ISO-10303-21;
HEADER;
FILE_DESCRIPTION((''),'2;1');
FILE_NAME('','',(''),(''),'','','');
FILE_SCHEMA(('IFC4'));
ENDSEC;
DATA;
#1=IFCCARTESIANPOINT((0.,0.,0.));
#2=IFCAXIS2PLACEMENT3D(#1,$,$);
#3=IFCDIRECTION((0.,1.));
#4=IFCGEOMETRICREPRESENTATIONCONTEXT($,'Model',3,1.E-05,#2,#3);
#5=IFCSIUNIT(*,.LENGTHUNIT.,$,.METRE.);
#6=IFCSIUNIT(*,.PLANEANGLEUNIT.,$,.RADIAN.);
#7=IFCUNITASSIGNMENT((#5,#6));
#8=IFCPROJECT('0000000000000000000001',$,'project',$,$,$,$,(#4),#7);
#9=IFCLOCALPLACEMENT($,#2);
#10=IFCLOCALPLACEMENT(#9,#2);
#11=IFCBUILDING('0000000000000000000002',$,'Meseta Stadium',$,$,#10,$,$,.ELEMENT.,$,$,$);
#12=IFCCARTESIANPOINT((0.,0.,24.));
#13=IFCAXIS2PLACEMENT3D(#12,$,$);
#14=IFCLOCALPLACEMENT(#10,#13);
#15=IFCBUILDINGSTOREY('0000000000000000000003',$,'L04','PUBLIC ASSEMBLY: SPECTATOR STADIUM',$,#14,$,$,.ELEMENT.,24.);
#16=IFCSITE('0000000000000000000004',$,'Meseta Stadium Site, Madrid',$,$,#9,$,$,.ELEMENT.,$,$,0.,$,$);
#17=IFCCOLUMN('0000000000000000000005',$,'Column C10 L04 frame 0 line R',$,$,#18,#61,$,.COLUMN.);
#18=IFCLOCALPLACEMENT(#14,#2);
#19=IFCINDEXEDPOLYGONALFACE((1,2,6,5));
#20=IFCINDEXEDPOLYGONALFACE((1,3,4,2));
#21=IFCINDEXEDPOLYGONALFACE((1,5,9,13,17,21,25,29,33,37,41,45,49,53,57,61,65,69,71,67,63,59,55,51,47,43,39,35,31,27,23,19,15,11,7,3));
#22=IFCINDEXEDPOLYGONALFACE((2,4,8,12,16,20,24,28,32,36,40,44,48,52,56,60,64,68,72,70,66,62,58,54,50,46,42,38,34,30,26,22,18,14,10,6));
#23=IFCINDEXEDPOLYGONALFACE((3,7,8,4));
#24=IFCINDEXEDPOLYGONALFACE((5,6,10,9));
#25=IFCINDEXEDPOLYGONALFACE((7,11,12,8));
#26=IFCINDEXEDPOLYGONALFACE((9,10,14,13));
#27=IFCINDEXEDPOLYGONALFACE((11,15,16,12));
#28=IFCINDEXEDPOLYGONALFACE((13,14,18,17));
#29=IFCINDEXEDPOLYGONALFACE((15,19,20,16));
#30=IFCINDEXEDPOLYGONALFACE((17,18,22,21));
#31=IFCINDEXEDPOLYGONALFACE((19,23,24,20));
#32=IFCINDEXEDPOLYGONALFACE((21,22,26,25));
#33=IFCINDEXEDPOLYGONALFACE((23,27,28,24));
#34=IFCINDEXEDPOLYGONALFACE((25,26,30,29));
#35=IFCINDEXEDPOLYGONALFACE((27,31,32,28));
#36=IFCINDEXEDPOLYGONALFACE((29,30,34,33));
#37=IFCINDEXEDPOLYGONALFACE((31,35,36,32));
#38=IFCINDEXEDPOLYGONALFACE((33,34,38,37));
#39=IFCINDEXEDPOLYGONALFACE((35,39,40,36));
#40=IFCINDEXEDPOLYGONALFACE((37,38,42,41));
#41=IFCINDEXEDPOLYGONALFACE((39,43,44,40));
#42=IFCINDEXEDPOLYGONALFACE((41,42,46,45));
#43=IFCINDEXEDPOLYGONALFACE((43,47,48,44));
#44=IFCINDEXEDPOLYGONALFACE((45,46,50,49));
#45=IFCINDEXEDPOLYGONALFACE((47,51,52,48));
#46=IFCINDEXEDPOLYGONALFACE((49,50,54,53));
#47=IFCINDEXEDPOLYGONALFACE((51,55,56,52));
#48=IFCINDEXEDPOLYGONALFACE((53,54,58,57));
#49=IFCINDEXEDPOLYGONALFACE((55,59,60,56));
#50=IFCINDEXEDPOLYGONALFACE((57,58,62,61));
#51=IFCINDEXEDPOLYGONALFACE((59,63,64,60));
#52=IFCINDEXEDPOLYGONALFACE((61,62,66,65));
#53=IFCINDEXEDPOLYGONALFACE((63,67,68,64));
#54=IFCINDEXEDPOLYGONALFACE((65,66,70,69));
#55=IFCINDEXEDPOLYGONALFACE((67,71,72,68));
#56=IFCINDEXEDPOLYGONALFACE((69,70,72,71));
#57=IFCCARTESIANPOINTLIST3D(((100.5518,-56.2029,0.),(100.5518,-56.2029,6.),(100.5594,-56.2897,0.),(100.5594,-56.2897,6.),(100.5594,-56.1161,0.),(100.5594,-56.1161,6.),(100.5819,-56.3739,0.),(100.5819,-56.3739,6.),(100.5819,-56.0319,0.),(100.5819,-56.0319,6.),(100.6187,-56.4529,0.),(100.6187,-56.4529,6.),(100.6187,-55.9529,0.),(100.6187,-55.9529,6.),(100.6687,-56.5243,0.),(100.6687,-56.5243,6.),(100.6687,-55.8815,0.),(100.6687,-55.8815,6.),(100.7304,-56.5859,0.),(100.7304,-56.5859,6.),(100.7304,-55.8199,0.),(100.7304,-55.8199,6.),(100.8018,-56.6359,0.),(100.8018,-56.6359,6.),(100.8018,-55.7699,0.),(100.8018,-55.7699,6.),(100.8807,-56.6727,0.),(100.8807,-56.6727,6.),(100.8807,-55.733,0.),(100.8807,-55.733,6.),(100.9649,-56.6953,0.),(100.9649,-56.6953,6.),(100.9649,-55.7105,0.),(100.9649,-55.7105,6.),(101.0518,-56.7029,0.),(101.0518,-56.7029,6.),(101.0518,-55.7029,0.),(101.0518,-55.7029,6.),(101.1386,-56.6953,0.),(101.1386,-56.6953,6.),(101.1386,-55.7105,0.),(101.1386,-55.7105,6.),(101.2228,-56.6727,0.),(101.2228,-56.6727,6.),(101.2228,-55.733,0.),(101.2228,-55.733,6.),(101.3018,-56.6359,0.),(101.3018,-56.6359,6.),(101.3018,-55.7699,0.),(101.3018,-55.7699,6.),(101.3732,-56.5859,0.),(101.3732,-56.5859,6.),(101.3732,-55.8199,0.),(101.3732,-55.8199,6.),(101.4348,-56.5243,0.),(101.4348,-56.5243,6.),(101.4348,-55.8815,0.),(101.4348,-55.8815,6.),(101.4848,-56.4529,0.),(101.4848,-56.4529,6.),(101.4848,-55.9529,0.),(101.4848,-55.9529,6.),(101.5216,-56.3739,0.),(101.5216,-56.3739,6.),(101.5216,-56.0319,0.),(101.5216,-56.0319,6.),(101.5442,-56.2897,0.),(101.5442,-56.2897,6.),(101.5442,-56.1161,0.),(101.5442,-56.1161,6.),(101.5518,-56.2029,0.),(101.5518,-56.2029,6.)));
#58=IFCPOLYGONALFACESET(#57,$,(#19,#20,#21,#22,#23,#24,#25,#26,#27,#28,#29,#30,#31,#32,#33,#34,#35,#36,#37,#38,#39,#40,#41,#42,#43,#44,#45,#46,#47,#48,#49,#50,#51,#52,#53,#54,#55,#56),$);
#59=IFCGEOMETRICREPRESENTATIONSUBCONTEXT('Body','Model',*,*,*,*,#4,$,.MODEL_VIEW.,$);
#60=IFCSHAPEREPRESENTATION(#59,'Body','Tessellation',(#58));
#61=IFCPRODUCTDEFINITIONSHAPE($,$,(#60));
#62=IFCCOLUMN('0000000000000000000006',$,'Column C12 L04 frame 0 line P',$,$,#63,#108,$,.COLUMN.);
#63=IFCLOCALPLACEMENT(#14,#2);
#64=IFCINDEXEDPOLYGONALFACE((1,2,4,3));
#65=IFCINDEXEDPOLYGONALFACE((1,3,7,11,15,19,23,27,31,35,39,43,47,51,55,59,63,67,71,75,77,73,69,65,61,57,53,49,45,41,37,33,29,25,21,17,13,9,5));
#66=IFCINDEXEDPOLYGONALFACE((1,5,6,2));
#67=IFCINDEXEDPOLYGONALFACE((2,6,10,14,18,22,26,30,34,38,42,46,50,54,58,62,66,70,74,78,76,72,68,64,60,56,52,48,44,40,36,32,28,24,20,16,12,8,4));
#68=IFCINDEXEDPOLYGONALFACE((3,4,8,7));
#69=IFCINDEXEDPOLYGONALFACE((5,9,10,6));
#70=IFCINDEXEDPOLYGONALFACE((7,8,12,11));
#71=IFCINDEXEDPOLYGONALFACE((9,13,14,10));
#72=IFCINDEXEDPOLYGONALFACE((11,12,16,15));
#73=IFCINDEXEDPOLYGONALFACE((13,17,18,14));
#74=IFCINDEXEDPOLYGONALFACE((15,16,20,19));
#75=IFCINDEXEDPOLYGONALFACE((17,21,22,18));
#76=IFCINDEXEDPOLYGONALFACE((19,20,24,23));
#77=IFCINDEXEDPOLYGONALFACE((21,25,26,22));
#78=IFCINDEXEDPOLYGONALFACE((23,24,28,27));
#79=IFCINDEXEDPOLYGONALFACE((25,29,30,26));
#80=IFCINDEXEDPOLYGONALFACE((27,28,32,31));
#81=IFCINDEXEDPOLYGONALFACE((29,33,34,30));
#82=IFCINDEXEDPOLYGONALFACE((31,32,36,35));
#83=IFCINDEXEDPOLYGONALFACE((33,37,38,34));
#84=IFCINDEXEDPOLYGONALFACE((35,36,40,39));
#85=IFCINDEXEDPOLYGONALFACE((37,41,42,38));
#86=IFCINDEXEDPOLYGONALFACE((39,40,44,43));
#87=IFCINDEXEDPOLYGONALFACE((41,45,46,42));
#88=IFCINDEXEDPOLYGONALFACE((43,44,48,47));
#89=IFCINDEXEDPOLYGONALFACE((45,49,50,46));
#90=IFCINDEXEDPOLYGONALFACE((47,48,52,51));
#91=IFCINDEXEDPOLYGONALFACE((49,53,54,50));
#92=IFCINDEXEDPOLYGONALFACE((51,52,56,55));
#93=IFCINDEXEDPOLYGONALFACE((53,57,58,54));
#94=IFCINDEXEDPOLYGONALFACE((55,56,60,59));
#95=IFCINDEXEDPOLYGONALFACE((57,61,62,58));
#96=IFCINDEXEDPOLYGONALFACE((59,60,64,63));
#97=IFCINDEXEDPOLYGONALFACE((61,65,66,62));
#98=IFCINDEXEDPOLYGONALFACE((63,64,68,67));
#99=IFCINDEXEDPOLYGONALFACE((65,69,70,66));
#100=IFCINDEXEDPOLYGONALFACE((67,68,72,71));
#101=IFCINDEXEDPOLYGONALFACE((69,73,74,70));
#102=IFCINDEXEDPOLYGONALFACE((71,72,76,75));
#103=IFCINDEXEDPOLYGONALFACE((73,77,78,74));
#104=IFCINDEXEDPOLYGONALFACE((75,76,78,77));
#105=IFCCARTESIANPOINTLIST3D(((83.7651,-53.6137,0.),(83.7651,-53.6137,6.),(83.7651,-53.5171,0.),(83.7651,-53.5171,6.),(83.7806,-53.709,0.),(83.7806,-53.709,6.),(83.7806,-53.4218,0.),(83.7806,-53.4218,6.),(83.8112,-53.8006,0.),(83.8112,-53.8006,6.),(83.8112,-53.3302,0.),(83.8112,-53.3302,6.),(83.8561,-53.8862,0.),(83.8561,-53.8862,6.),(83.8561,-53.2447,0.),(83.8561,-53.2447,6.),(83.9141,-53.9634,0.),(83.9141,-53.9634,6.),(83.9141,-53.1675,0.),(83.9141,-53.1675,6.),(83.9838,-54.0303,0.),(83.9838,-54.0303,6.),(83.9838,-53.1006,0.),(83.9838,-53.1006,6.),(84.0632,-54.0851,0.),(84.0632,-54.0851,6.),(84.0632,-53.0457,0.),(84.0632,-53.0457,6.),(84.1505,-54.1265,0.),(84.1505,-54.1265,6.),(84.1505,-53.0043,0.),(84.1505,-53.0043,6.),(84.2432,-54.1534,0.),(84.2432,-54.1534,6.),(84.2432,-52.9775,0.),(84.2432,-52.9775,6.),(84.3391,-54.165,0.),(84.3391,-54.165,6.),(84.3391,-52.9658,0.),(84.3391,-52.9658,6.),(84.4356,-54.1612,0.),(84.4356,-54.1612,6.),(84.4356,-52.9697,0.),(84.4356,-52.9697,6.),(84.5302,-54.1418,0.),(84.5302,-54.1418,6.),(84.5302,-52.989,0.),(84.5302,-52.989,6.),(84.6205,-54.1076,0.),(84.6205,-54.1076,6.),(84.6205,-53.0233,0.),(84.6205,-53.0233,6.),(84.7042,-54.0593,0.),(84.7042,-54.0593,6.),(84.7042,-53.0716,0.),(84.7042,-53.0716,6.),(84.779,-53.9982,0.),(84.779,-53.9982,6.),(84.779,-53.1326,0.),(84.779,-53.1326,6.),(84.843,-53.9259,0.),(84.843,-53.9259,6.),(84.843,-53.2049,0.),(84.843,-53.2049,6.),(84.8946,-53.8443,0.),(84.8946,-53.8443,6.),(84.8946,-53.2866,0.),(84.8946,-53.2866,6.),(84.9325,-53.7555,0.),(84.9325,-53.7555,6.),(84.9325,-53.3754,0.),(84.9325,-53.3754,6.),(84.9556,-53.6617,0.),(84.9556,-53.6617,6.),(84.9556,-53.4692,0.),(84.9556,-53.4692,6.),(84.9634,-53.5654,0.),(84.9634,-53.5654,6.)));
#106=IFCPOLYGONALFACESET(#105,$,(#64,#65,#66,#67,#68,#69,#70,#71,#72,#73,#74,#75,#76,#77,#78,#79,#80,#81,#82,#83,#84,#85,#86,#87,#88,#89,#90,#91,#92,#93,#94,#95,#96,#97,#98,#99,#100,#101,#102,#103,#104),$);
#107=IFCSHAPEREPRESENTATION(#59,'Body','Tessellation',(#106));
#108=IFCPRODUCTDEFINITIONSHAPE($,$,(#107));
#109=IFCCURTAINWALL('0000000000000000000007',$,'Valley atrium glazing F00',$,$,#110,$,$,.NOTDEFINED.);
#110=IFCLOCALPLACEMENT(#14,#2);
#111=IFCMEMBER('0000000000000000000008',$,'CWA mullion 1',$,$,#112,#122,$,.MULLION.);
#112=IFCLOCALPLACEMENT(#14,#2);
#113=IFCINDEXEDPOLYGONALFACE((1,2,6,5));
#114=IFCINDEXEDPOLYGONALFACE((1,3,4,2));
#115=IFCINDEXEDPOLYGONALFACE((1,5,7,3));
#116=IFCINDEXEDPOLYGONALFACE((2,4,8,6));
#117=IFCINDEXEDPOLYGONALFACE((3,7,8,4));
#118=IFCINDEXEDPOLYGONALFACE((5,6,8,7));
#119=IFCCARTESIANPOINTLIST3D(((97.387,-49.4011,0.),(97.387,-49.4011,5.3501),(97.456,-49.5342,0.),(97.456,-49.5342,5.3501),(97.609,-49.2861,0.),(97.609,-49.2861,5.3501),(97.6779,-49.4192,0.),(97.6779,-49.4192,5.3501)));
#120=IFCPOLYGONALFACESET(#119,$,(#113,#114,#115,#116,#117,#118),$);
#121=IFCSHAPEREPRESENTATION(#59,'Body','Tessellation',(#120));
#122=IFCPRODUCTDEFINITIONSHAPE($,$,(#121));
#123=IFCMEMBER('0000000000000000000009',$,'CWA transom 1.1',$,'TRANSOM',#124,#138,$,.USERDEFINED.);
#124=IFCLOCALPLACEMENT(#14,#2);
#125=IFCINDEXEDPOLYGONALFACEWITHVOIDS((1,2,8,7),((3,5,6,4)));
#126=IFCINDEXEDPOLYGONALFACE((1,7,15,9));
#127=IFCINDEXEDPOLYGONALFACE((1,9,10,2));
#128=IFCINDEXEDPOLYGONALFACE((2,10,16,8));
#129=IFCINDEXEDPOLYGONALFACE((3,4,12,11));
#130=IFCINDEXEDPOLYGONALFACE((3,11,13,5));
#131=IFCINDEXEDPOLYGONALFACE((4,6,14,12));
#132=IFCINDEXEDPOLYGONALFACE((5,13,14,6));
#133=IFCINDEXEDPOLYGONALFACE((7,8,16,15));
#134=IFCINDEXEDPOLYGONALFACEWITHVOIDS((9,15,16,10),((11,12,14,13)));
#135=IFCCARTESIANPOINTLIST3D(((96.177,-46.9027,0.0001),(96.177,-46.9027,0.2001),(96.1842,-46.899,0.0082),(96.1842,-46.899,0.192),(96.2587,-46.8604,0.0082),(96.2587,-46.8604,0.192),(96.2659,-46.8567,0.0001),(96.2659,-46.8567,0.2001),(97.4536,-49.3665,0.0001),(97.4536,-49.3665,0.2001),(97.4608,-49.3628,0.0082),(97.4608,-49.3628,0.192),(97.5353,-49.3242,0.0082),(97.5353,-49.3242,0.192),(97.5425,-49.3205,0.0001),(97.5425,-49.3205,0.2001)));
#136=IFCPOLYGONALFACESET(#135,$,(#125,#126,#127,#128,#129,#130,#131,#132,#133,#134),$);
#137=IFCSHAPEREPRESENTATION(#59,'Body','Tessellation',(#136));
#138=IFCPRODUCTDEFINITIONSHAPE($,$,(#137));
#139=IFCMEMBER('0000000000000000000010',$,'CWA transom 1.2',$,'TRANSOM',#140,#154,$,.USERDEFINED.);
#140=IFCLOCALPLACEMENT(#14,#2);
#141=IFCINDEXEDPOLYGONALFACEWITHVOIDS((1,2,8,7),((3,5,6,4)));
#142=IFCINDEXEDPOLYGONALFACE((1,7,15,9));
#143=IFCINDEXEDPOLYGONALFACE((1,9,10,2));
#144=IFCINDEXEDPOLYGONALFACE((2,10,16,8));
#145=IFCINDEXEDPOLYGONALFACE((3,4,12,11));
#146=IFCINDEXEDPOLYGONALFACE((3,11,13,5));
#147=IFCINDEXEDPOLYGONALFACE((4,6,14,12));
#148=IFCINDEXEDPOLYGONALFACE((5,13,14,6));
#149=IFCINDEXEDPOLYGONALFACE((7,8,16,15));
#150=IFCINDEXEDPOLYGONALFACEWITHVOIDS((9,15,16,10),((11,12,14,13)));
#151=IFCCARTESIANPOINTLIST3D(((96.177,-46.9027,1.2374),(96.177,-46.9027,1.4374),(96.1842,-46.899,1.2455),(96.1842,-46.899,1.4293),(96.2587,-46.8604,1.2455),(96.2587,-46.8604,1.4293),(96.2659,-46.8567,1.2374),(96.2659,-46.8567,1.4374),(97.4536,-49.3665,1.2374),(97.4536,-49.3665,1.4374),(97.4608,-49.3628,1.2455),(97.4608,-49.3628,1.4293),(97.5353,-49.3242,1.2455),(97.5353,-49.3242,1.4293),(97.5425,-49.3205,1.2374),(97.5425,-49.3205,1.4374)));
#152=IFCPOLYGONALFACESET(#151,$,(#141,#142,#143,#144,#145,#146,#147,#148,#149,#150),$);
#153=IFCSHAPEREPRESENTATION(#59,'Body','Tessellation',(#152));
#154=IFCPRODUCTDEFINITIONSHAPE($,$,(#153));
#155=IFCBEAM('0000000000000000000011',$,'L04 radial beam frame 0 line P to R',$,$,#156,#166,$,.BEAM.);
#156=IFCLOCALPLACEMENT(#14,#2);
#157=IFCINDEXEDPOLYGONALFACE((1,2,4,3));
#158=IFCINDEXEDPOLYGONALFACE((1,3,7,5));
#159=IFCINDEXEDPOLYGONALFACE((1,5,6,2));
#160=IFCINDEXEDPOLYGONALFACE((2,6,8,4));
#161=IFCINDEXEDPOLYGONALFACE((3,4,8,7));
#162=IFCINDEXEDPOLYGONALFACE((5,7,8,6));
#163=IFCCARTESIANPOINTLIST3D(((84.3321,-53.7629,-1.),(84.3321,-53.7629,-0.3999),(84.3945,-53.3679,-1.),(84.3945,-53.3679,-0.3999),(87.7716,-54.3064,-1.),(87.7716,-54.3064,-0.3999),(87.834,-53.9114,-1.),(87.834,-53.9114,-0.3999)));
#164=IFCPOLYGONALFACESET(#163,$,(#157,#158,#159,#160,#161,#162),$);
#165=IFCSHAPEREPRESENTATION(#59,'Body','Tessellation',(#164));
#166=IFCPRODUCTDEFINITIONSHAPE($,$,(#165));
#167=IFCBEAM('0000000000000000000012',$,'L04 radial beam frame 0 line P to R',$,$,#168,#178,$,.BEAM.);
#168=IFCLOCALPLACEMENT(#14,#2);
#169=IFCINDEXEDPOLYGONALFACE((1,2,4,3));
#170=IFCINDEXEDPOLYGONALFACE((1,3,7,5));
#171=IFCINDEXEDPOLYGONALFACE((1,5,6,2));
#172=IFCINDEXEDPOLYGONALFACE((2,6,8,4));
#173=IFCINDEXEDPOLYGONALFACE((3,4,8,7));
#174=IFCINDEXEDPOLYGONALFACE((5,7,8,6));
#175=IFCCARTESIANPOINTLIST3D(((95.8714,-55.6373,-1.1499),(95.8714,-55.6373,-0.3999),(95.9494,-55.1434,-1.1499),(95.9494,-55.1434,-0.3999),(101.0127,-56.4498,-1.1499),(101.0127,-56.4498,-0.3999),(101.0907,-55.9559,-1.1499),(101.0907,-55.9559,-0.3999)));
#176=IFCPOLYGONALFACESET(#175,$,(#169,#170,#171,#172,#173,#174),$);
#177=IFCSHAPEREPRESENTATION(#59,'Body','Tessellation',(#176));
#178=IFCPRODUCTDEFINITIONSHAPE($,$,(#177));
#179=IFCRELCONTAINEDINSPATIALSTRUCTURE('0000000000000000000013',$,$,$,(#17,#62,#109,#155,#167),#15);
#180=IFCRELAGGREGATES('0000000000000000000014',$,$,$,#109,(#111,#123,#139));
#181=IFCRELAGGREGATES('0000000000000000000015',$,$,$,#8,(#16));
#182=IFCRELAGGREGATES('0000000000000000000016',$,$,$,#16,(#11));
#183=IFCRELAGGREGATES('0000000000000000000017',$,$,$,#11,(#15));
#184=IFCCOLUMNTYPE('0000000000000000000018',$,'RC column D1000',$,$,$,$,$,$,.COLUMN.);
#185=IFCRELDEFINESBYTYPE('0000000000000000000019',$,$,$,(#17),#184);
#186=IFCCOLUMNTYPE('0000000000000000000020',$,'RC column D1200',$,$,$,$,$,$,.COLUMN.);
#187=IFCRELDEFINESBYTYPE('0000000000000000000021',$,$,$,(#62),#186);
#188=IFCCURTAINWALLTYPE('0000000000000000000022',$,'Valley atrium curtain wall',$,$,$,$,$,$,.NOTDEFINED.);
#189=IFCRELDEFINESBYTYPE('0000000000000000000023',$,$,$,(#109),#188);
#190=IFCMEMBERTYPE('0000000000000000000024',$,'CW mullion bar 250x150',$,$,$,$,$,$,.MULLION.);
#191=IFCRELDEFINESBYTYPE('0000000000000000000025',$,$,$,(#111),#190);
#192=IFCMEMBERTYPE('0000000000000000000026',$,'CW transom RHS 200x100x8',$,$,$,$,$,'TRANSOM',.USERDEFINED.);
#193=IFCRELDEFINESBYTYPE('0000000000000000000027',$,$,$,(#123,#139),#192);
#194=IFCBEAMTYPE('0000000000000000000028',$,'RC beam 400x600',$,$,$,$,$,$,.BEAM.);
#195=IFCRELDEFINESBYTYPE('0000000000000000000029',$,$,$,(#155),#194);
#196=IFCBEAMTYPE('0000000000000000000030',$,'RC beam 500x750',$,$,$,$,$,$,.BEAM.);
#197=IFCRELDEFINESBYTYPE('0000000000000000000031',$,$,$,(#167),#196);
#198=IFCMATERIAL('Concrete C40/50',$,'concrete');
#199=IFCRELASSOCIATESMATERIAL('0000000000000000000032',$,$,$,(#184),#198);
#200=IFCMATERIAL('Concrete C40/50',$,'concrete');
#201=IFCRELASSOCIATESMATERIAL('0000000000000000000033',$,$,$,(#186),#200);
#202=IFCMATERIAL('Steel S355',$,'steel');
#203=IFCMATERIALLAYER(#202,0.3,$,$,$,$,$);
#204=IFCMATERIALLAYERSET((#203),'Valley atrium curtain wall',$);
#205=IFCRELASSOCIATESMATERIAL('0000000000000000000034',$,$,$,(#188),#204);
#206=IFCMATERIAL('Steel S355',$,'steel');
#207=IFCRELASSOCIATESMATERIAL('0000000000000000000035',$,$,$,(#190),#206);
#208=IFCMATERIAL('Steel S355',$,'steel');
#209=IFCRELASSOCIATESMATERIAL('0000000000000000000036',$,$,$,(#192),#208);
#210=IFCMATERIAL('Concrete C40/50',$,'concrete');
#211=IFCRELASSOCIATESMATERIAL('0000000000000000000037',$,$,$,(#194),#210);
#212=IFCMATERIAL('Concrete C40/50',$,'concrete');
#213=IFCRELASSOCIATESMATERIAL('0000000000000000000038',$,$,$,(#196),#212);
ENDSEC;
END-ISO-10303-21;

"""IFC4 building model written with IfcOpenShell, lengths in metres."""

from ifc_helpers import new_model, si_unit, direction, frame, origin, origin_2d, place, context, subcontext, project, spatial, rectangle, hollow_rectangle, circle, extrude, material, layer, layer_set, material_profile, profile_set, type_object, element, aggregate, save


model = new_model("IFC4")

# Units and contexts
model_context = context("Model", 3, precision=1e-05, world=origin(), true_north=direction((0.0, 1.0)))
body_context = subcontext(model_context, "Body", "Model", "MODEL_VIEW")
ifc_project = project(units=[si_unit("LENGTHUNIT", "METRE"), si_unit("PLANEANGLEUNIT", "RADIAN")], contexts=[model_context])

# Site, building, storey
site_placement = place(None, origin())
site = spatial("IfcSite", under=ifc_project, at=site_placement, Name="Meseta Stadium Site, Madrid", CompositionType="ELEMENT", RefElevation=0.0)
building_placement = place(site_placement, origin())
building = spatial("IfcBuilding", under=site, at=building_placement, Name="Meseta Stadium", CompositionType="ELEMENT")
storey_placement = place(building_placement, frame((0.0, 0.0, 24.0)))
storey = spatial("IfcBuildingStorey", under=building, at=storey_placement, Name="L04", Description="PUBLIC ASSEMBLY: SPECTATOR STADIUM", CompositionType="ELEMENT", Elevation=24.0)

# Columns
ifc_material_1 = material(Name="Concrete C40/50", Category="concrete")
ifc_material_profile_1 = material_profile(ifc_material_1, circle(Radius=0.5, at=origin_2d()), Name="RC D1000")
ifc_profile_set_1 = profile_set([ifc_material_profile_1], Name="Concrete C40/50")
column_type_1 = type_object("IfcColumnType", Name="RC column D1000", PredefinedType="COLUMN", material=ifc_profile_set_1)
column_1_placement = place(storey_placement, frame((101.0518, -56.2029, 0.0), z_axis=(0.0, 0.0, 1.0), x_axis=(1.0, 0.0, 0.0)))
element("IfcColumn", 1, at=column_1_placement, inside=storey, type_object=column_type_1, Name="Column C10 L04 frame 0 line R", PredefinedType="COLUMN", context=body_context, shape_type="SweptSolid", body=[
    extrude(circle(Radius=0.5, at=origin_2d()), origin(), (0.0, 0.0, 1.0), 6.0),
])
ifc_material_2 = material(Name="Concrete C40/50", Category="concrete")
ifc_material_profile_2 = material_profile(ifc_material_2, circle(Radius=0.6001, at=origin_2d()), Name="RC D1200")
ifc_profile_set_2 = profile_set([ifc_material_profile_2], Name="Concrete C40/50")
column_type_2 = type_object("IfcColumnType", Name="RC column D1200", PredefinedType="COLUMN", material=ifc_profile_set_2)
column_2_placement = place(storey_placement, frame((84.3633, -53.5654, 0.0), z_axis=(0.0, 0.0, 1.0), x_axis=(1.0, 0.0, 0.0)))
element("IfcColumn", 2, at=column_2_placement, inside=storey, type_object=column_type_2, Name="Column C12 L04 frame 0 line P", PredefinedType="COLUMN", context=body_context, shape_type="SweptSolid", body=[
    extrude(circle(Radius=0.6001, at=origin_2d()), origin(), (0.0, 0.0, 1.0), 6.0),
])

# Curtain wall, members
ifc_material_3 = material(Name="Steel S355", Category="steel")
ifc_layer_1 = layer(ifc_material_3, 0.3)
ifc_layer_set_1 = layer_set([ifc_layer_1], Name="Valley atrium curtain wall")
curtain_wall_type = type_object("IfcCurtainWallType", Name="Valley atrium curtain wall", PredefinedType="NOTDEFINED", material=ifc_layer_set_1)
curtain_wall_placement = place(storey_placement, origin())
curtain_wall = element("IfcCurtainWall", 3, at=curtain_wall_placement, inside=storey, type_object=curtain_wall_type, Name="Valley atrium glazing F00", PredefinedType="NOTDEFINED")
ifc_material_4 = material(Name="Steel S355", Category="steel")
ifc_material_profile_3 = material_profile(ifc_material_4, rectangle(XDim=0.25, YDim=0.1499, at=origin_2d()), Name="CW 250x150")
ifc_profile_set_3 = profile_set([ifc_material_profile_3], Name="Steel S355")
member_type_1 = type_object("IfcMemberType", Name="CW mullion bar 250x150", PredefinedType="MULLION", material=ifc_profile_set_3)
member_1_placement = place(storey_placement, frame((97.5325, -49.4102, 0.0), z_axis=(0.0, 0.0, 1.0), x_axis=(-0.887911, -0.460016, 0.0)))
member_1 = element("IfcMember", 4, at=member_1_placement, type_object=member_type_1, Name="CWA mullion 1", PredefinedType="MULLION", context=body_context, shape_type="SweptSolid", body=[
    extrude(rectangle(XDim=0.25, YDim=0.1499, at=origin_2d()), origin(), (0.0, 0.0, 1.0), 5.3501),
])
ifc_material_5 = material(Name="Steel S355", Category="steel")
ifc_material_profile_4 = material_profile(ifc_material_5, hollow_rectangle(XDim=0.1001, YDim=0.2, WallThickness=0.0081, at=origin_2d()), Name="RHS 200x100x8")
ifc_profile_set_4 = profile_set([ifc_material_profile_4], Name="Steel S355")
member_type_2 = type_object("IfcMemberType", Name="CW transom RHS 200x100x8", ElementType="TRANSOM", PredefinedType="USERDEFINED", material=ifc_profile_set_4)
member_2_placement = place(storey_placement, frame((97.498, -49.3435, 0.1001), z_axis=(-0.460047, 0.887894, 0.0), x_axis=(-0.887894, -0.460047, 0.0)))
member_2 = element("IfcMember", 5, at=member_2_placement, type_object=member_type_2, Name="CWA transom 1.1", ObjectType="TRANSOM", PredefinedType="USERDEFINED", context=body_context, shape_type="SweptSolid", body=[
    extrude(hollow_rectangle(XDim=0.1001, YDim=0.2, WallThickness=0.0081, at=origin_2d()), origin(), (0.0, 0.0, 1.0), 2.7749),
])
member_3_placement = place(storey_placement, frame((97.498, -49.3435, 1.3374), z_axis=(-0.460047, 0.887894, 0.0), x_axis=(-0.887894, -0.460047, 0.0)))
member_3 = element("IfcMember", 6, at=member_3_placement, type_object=member_type_2, Name="CWA transom 1.2", ObjectType="TRANSOM", PredefinedType="USERDEFINED", context=body_context, shape_type="SweptSolid", body=[
    extrude(hollow_rectangle(XDim=0.1001, YDim=0.2, WallThickness=0.0081, at=origin_2d()), origin(), (0.0, 0.0, 1.0), 2.7749),
])
aggregate(curtain_wall, [member_1, member_2, member_3])

# Beams
ifc_material_6 = material(Name="Concrete C40/50", Category="concrete")
ifc_material_profile_5 = material_profile(ifc_material_6, rectangle(XDim=0.3999, YDim=0.6001, at=origin_2d()), Name="RC 400x600")
ifc_profile_set_5 = profile_set([ifc_material_profile_5], Name="Concrete C40/50")
beam_type_1 = type_object("IfcBeamType", Name="RC beam 400x600", PredefinedType="BEAM", material=ifc_profile_set_5)
beam_1_placement = place(storey_placement, frame((84.3633, -53.5654, -0.7), z_axis=(0.987746, -0.156071, 0.0), x_axis=(0.156071, 0.987746, 0.0)))
element("IfcBeam", 7, at=beam_1_placement, inside=storey, type_object=beam_type_1, Name="L04 radial beam frame 0 line P to R", PredefinedType="BEAM", context=body_context, shape_type="SweptSolid", body=[
    extrude(rectangle(XDim=0.3999, YDim=0.6001, at=origin_2d()), origin(), (0.0, 0.0, 1.0), 3.4822),
])
ifc_material_7 = material(Name="Concrete C40/50", Category="concrete")
ifc_material_profile_6 = material_profile(ifc_material_7, rectangle(XDim=0.5, YDim=0.75, at=origin_2d()), Name="RC 500x750")
ifc_profile_set_6 = profile_set([ifc_material_profile_6], Name="Concrete C40/50")
beam_type_2 = type_object("IfcBeamType", Name="RC beam 500x750", PredefinedType="BEAM", material=ifc_profile_set_6)
beam_2_placement = place(storey_placement, frame((95.9104, -55.3904, -0.7749), z_axis=(0.987742, -0.156095, 0.0), x_axis=(0.156095, 0.987742, 0.0)))
element("IfcBeam", 8, at=beam_2_placement, inside=storey, type_object=beam_type_2, Name="L04 radial beam frame 0 line P to R", PredefinedType="BEAM", context=body_context, shape_type="SweptSolid", body=[
    extrude(rectangle(XDim=0.5, YDim=0.75, at=origin_2d()), origin(), (0.0, 0.0, 1.0), 5.2051),
])

save(model, "model.ifc")
